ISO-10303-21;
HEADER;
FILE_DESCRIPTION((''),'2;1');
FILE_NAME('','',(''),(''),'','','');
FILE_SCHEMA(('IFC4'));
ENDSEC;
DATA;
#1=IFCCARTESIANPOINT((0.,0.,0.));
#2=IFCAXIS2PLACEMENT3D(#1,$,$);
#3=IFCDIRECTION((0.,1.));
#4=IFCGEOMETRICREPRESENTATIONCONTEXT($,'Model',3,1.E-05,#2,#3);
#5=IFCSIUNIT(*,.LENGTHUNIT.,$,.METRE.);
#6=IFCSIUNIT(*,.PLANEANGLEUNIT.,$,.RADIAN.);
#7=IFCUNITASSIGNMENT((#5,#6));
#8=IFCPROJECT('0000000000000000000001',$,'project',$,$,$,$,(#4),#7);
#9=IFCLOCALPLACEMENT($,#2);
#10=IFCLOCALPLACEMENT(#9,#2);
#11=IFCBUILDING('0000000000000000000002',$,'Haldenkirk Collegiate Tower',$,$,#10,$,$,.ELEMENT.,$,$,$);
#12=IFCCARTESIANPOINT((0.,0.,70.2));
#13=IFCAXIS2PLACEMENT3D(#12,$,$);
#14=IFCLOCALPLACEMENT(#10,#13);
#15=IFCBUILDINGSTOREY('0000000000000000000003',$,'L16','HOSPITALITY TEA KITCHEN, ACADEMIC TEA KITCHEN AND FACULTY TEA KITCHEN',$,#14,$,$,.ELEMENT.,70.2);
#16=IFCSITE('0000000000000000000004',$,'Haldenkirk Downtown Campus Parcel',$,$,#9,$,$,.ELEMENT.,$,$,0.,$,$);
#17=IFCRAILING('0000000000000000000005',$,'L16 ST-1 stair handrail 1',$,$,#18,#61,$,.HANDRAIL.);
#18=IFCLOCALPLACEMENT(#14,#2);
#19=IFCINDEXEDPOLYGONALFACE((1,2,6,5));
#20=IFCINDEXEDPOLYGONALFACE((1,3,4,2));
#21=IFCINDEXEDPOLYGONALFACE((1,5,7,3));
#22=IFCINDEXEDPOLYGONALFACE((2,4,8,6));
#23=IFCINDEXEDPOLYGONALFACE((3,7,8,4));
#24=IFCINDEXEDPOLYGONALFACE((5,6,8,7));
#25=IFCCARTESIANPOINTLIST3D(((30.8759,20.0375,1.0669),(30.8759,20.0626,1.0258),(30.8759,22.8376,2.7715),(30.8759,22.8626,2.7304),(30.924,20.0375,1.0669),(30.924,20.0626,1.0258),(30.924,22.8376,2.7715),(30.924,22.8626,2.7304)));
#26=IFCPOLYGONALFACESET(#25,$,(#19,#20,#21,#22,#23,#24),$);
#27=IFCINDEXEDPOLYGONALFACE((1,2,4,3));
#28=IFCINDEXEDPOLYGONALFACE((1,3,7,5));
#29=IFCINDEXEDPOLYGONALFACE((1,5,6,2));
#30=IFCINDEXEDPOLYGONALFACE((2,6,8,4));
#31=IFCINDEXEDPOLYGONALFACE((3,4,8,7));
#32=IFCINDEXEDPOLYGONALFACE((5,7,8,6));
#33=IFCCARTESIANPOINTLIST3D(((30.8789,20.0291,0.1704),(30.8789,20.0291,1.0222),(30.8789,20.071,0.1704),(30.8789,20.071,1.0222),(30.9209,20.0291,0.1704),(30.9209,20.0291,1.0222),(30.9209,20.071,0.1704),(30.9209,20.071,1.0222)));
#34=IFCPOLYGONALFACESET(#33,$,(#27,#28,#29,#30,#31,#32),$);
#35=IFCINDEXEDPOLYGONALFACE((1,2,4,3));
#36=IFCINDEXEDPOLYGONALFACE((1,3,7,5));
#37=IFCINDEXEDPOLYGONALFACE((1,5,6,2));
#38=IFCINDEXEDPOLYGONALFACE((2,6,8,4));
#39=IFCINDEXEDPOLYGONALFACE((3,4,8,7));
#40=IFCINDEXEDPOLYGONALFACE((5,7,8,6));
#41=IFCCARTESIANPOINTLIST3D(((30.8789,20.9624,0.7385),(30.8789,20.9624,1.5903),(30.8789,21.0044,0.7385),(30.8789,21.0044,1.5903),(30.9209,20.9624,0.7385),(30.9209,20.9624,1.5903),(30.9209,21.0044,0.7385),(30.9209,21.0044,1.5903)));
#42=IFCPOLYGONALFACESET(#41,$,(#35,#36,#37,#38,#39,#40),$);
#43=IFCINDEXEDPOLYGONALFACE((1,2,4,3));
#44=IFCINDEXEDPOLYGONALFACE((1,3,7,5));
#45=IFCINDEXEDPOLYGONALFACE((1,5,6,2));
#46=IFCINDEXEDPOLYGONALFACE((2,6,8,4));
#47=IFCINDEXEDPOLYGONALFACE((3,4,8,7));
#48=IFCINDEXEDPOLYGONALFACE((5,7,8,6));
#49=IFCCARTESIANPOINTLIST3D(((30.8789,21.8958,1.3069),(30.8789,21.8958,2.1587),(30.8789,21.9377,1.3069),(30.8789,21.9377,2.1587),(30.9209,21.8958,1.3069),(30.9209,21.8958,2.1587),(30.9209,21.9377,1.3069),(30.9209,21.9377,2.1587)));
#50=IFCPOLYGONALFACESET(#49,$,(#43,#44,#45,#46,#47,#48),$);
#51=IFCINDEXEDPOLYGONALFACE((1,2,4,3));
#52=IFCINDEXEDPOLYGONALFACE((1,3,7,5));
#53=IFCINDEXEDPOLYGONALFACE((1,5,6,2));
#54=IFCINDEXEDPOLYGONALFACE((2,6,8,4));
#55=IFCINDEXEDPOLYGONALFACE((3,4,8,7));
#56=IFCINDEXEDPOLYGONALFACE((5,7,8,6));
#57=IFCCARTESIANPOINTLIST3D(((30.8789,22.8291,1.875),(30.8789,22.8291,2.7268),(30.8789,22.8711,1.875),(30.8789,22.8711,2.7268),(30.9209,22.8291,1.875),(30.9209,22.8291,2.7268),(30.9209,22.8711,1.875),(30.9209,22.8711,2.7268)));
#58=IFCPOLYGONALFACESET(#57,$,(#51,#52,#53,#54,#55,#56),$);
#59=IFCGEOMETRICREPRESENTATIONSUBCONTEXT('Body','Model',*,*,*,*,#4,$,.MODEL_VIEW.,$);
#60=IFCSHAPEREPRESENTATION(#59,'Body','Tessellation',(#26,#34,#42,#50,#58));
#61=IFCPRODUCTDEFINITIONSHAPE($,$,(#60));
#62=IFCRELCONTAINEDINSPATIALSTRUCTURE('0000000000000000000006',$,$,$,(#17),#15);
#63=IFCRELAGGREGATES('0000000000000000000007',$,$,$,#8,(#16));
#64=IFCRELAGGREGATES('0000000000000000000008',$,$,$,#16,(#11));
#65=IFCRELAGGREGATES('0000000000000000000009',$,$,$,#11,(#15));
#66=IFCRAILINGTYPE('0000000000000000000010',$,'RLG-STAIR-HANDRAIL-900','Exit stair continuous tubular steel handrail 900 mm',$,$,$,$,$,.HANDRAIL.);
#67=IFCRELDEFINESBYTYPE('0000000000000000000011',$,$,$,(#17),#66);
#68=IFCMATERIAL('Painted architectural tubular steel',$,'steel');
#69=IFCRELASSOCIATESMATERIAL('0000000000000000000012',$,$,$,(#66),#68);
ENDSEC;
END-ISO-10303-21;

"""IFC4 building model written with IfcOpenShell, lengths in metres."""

from ifc_helpers import new_model, si_unit, direction, frame, origin, origin_2d, place, context, subcontext, project, spatial, rectangle, extrude, material, type_object, element, save


model = new_model("IFC4")

# Units and contexts
model_context = context("Model", 3, precision=1e-05, world=origin(), true_north=direction((0.0, 1.0)))
body_context = subcontext(model_context, "Body", "Model", "MODEL_VIEW")
ifc_project = project(units=[si_unit("LENGTHUNIT", "METRE"), si_unit("PLANEANGLEUNIT", "RADIAN")], contexts=[model_context])

# Site, building, storey
site_placement = place(None, origin())
site = spatial("IfcSite", under=ifc_project, at=site_placement, Name="Haldenkirk Downtown Campus Parcel", CompositionType="ELEMENT", RefElevation=0.0)
building_placement = place(site_placement, origin())
building = spatial("IfcBuilding", under=site, at=building_placement, Name="Haldenkirk Collegiate Tower", CompositionType="ELEMENT")
storey_placement = place(building_placement, frame((0.0, 0.0, 70.2)))
storey = spatial("IfcBuildingStorey", under=building, at=storey_placement, Name="L16", Description="HOSPITALITY TEA KITCHEN, ACADEMIC TEA KITCHEN AND FACULTY TEA KITCHEN", CompositionType="ELEMENT", Elevation=70.2)

# Railing
ifc_material_1 = material(Name="Painted architectural tubular steel", Category="steel")
railing_type_1 = type_object("IfcRailingType", Name="RLG-STAIR-HANDRAIL-900", Description="Exit stair continuous tubular steel handrail 900 mm", PredefinedType="HANDRAIL", material=ifc_material_1)
railing_1_placement = place(storey_placement, frame((30.8999, 20.05, 0.1704)))
element("IfcRailing", 1, at=railing_1_placement, inside=storey, type_object=railing_type_1, Name="L16 ST-1 stair handrail 1", PredefinedType="HANDRAIL", context=body_context, shape_type="SweptSolid", body=[
    extrude(rectangle(XDim=0.0481, YDim=0.0481, at=origin_2d()), frame((0.0, 0.0, 0.876), z_axis=(0.0, 0.85417, 0.519994), x_axis=(-1.0, 0.0, 0.0)), (0.0, 0.0, 1.0), 3.2781),
    extrude(rectangle(XDim=0.042, YDim=0.042, at=origin_2d()), origin(), (0.0, 0.0, 1.0), 0.8518),
    extrude(rectangle(XDim=0.042, YDim=0.042, at=origin_2d()), frame((0.0, 0.9333, 0.5681)), (0.0, 0.0, 1.0), 0.8518),
    extrude(rectangle(XDim=0.042, YDim=0.042, at=origin_2d()), frame((0.0, 1.8667, 1.1365)), (0.0, 0.0, 1.0), 0.8518),
    extrude(rectangle(XDim=0.042, YDim=0.042, at=origin_2d()), frame((0.0, 2.8, 1.7046)), (0.0, 0.0, 1.0), 0.8518),
])

save(model, "model.ifc")
